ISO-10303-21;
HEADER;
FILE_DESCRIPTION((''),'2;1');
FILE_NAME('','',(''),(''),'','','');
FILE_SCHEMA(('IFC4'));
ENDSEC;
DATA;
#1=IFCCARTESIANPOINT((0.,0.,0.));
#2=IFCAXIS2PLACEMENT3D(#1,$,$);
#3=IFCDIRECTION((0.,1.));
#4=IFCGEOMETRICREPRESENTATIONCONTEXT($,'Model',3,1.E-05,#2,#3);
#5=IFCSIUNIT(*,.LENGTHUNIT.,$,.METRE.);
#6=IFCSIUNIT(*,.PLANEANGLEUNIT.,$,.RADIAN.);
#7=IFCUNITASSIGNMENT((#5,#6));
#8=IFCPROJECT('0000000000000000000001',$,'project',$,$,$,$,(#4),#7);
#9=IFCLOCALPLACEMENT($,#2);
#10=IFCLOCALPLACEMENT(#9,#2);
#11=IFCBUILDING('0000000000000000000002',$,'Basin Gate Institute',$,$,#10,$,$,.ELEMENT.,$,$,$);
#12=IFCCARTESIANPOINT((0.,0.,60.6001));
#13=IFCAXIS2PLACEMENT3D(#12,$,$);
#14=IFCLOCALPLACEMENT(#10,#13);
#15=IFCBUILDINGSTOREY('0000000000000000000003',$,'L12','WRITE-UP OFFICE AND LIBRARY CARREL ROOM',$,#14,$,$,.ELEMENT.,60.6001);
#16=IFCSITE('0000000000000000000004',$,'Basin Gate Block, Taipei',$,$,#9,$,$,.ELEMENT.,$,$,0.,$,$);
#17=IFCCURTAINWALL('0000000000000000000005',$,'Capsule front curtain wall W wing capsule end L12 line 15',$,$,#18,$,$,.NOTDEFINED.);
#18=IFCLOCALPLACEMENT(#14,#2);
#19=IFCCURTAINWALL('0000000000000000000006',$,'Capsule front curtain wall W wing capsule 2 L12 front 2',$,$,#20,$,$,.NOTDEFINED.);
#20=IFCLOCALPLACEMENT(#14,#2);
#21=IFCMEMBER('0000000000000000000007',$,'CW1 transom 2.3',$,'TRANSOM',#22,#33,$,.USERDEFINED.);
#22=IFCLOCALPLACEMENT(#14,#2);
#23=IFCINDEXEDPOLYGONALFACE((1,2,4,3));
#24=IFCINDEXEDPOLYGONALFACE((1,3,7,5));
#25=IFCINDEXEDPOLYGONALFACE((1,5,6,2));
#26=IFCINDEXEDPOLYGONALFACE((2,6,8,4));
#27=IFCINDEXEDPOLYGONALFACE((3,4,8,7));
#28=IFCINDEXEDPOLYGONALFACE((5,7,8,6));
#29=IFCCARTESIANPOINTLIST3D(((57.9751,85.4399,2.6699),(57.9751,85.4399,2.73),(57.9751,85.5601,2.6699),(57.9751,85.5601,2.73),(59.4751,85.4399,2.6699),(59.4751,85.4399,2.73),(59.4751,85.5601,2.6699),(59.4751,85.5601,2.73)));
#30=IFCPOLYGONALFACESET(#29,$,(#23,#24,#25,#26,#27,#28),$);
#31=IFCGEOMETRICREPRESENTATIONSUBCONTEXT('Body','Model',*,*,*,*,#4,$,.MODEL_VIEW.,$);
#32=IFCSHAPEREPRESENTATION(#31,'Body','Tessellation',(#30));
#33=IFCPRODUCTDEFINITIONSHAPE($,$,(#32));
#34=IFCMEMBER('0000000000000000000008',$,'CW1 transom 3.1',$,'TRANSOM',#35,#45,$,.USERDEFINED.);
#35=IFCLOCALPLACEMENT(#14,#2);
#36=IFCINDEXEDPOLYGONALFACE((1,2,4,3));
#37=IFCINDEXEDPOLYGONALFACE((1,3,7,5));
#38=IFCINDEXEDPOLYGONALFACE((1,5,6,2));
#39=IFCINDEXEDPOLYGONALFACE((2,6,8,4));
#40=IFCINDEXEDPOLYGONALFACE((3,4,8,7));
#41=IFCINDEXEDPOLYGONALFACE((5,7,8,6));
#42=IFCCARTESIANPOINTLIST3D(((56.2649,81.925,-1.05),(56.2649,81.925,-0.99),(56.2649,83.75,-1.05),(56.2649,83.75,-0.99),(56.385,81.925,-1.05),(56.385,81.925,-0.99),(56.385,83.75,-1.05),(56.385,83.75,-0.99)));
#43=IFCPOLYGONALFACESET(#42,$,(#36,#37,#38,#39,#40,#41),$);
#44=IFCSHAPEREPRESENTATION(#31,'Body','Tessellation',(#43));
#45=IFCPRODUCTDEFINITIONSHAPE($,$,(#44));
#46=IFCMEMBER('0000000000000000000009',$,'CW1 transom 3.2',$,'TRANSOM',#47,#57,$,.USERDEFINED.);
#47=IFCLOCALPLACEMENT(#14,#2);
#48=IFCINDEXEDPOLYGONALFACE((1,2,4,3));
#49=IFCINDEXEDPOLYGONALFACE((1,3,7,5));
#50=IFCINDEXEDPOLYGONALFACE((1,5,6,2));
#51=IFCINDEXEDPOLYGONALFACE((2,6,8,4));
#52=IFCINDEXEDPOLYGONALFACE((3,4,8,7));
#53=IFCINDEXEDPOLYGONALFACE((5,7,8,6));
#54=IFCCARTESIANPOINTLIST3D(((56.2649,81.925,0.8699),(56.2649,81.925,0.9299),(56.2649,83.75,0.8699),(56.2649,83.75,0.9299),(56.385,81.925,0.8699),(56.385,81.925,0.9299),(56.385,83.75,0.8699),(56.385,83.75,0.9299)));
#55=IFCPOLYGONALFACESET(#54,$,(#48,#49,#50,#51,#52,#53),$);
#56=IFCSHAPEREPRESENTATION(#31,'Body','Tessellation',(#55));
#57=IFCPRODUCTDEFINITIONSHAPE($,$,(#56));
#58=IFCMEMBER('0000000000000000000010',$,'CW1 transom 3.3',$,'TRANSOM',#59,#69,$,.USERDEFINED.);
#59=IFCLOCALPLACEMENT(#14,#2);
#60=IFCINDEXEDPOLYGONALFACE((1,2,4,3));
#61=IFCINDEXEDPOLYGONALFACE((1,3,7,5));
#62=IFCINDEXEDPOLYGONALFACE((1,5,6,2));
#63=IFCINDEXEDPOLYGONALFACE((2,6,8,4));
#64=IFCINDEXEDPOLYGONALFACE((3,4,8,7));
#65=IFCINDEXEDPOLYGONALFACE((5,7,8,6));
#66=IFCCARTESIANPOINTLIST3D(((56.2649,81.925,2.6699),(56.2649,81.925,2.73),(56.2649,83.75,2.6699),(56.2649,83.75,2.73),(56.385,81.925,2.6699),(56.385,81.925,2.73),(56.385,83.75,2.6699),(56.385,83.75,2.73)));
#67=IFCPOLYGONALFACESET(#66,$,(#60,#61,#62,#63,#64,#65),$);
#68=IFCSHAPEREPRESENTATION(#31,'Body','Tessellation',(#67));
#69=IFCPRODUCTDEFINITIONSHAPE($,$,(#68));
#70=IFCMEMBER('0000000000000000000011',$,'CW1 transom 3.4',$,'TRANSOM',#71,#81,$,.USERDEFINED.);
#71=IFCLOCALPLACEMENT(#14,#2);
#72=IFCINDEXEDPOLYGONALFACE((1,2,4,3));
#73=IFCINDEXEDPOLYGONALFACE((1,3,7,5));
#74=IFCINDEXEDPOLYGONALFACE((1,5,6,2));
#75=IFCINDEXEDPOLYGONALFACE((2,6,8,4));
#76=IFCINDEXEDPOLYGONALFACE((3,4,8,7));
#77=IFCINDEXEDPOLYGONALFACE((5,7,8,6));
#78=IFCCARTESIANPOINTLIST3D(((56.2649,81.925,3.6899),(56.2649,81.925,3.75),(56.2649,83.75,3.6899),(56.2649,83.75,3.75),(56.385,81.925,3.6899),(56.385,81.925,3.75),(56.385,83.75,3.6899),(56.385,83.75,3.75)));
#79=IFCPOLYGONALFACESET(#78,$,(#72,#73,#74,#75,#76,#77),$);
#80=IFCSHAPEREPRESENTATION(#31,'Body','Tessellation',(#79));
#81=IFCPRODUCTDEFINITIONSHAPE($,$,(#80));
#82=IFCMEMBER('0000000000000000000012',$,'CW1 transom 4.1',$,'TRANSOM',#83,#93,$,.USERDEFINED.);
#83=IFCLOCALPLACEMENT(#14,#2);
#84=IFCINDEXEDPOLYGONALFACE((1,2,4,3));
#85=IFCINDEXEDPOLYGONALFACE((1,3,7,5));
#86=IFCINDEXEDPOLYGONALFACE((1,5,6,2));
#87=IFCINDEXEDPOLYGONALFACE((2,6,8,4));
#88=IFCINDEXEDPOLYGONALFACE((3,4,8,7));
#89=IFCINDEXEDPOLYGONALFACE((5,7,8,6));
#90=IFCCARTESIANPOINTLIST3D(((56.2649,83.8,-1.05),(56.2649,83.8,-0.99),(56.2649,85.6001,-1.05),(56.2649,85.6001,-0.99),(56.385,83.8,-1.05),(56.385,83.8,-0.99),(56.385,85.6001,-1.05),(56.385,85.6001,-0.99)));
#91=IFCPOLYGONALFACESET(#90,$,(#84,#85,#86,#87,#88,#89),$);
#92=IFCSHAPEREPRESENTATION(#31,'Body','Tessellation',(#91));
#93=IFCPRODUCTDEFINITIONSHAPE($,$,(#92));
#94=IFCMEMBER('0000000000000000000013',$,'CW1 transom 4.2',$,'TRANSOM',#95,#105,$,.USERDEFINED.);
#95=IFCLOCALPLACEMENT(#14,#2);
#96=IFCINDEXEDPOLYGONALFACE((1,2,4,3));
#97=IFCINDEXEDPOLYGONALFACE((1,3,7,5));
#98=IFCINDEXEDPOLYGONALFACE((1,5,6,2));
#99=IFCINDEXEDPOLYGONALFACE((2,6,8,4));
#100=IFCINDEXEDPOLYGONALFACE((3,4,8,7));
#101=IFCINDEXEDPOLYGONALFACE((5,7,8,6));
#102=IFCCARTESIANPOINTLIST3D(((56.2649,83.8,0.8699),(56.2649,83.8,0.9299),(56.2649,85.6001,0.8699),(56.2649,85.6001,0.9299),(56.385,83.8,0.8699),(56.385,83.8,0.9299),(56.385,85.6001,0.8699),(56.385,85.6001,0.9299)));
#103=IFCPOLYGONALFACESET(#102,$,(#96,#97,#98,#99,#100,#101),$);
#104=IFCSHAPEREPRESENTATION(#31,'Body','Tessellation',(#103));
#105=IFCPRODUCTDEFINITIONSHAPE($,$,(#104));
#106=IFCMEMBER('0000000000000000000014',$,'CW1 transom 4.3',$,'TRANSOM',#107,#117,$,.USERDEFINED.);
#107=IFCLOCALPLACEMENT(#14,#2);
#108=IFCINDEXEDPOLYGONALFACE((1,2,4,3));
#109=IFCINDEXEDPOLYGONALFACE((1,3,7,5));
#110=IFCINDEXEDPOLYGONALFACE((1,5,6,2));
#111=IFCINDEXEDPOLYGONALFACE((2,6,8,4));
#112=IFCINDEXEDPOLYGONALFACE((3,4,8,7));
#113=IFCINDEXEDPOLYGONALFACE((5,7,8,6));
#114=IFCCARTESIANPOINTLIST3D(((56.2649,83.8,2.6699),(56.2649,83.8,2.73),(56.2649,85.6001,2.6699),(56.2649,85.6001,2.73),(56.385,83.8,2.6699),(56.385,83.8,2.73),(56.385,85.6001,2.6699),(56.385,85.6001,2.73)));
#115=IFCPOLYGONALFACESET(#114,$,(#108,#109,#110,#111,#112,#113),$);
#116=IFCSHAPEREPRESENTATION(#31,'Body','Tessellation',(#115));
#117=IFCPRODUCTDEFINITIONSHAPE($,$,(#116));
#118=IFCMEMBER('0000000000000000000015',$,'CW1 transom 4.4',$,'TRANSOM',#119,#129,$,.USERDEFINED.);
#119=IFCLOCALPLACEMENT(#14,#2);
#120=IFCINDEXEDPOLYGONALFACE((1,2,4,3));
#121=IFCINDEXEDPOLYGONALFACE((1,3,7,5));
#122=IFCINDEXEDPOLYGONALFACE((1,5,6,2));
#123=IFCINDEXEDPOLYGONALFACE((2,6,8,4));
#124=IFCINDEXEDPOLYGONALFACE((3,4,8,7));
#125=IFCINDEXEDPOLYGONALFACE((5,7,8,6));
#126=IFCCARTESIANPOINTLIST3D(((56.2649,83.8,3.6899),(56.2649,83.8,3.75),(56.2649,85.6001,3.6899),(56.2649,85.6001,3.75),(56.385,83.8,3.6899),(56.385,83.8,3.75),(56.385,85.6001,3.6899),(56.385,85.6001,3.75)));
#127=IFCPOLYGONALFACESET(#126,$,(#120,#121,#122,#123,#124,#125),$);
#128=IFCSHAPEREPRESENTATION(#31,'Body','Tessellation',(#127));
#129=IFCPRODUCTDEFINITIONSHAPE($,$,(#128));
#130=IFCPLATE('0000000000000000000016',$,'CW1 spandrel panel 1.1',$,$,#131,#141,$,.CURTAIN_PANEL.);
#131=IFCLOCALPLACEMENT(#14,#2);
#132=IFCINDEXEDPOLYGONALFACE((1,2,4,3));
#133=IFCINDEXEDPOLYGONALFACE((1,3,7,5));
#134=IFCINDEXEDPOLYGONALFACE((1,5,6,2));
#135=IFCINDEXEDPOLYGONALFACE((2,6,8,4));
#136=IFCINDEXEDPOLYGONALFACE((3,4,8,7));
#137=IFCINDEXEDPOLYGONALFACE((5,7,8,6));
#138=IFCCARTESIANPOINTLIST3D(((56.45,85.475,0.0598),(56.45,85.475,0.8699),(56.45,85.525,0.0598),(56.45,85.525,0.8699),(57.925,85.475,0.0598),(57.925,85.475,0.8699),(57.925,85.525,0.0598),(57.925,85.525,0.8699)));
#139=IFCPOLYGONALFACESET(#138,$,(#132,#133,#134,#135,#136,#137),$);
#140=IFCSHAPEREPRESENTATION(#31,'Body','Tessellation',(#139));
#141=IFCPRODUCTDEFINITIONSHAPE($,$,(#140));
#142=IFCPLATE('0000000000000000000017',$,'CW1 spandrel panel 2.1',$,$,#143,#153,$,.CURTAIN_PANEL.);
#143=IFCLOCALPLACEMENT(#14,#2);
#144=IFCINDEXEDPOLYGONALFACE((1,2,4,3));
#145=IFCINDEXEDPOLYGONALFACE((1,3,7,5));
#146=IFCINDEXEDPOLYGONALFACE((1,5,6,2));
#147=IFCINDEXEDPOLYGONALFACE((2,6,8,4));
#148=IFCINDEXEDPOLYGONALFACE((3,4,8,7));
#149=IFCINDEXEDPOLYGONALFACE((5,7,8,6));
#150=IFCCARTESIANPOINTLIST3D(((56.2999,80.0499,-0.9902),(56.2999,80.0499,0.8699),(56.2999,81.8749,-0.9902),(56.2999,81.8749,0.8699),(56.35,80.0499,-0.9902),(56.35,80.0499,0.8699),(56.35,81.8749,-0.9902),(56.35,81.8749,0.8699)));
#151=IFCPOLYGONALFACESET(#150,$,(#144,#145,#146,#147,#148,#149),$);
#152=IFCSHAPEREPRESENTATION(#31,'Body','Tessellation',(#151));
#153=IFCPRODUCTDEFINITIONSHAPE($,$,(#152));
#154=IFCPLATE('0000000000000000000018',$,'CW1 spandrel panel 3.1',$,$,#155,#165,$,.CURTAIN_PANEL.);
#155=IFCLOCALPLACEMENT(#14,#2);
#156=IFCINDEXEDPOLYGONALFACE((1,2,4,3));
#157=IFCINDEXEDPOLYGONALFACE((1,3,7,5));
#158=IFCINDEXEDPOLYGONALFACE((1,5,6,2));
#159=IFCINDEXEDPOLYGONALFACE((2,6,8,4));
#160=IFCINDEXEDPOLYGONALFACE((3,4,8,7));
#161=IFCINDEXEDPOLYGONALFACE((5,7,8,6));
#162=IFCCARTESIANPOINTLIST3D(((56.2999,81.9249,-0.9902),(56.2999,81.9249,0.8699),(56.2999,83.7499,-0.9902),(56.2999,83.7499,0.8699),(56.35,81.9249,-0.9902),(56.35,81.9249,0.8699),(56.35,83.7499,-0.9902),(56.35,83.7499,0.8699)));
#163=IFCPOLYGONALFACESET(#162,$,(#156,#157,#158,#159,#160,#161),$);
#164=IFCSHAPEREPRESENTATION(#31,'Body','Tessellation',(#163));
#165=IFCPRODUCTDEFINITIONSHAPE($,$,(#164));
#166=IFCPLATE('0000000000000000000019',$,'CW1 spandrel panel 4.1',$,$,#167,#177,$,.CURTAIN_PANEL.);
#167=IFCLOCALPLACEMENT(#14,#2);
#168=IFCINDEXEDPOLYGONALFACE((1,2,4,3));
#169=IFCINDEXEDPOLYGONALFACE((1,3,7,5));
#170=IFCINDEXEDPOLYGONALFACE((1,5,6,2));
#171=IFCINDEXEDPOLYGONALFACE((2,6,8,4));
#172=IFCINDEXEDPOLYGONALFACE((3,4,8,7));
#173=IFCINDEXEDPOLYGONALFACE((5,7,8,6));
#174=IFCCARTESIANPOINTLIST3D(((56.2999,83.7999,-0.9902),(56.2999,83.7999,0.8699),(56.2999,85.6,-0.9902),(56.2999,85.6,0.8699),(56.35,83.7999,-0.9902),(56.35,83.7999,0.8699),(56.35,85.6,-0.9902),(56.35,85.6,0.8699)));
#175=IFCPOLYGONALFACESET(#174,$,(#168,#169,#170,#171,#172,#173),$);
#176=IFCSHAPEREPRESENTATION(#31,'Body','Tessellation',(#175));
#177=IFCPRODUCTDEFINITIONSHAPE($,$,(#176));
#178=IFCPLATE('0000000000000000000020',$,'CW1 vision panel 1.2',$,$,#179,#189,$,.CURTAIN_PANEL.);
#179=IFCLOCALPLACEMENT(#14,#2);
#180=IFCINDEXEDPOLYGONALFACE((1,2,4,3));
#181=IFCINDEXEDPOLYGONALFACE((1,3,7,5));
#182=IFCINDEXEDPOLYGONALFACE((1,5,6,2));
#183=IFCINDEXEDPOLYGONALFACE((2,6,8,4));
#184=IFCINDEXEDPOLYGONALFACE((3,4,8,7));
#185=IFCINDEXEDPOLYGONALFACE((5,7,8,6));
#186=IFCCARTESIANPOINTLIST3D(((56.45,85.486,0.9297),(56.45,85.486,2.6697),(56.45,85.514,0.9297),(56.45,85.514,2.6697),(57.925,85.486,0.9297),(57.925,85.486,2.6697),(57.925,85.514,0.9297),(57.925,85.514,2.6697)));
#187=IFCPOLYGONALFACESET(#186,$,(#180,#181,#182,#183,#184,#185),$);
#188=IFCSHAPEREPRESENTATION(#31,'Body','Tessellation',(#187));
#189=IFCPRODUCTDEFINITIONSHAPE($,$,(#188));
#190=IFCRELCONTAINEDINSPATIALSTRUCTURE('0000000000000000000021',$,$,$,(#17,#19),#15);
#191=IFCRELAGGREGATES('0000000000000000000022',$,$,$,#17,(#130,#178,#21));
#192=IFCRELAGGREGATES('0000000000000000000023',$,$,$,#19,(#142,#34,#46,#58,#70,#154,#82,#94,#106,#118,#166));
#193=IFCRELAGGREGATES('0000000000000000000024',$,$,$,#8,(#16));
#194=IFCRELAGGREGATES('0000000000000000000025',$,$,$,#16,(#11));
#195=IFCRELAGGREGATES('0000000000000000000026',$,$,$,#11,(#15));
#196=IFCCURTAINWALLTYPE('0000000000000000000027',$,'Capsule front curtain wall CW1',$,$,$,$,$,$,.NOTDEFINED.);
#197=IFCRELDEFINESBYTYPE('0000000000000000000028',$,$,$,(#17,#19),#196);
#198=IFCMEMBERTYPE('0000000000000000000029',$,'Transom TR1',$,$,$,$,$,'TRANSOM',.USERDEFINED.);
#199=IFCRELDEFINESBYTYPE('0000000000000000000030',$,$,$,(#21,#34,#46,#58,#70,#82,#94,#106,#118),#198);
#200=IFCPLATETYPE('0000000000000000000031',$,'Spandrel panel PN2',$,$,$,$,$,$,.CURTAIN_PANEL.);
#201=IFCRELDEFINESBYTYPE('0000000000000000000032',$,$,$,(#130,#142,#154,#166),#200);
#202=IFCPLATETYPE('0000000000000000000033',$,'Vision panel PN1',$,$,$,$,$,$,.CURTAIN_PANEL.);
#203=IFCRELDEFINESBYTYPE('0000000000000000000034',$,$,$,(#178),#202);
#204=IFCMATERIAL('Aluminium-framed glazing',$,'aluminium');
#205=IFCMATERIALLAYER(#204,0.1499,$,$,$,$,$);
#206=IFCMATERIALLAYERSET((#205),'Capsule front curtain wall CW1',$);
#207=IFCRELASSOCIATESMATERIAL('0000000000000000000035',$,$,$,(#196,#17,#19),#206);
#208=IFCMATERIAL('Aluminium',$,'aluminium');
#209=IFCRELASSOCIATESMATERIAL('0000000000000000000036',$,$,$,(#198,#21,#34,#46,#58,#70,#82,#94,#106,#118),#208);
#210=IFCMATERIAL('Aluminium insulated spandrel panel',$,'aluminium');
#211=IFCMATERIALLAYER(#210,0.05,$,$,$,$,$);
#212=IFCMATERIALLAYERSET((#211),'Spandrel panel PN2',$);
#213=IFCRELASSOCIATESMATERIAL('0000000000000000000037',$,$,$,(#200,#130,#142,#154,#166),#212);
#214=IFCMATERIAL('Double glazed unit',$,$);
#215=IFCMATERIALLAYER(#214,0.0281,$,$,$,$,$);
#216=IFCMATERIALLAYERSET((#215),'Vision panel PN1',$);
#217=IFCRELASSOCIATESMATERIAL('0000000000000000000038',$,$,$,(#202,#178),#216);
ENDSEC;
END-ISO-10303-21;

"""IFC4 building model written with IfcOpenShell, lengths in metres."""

from ifc_helpers import new_model, si_unit, direction, frame, origin, origin_2d, place, context, subcontext, project, spatial, rectangle, extrude, material, layer, layer_set, material_profile, profile_set, type_object, element, aggregate, save


model = new_model("IFC4")

# Units and contexts
model_context = context("Model", 3, precision=1e-05, world=origin(), true_north=direction((0.0, 1.0)))
body_context = subcontext(model_context, "Body", "Model", "MODEL_VIEW")
ifc_project = project(units=[si_unit("LENGTHUNIT", "METRE"), si_unit("PLANEANGLEUNIT", "RADIAN")], contexts=[model_context])

# Site, building, storey
site_placement = place(None, origin())
site = spatial("IfcSite", under=ifc_project, at=site_placement, Name="Basin Gate Block, Taipei", CompositionType="ELEMENT", RefElevation=0.0)
building_placement = place(site_placement, origin())
building = spatial("IfcBuilding", under=site, at=building_placement, Name="Basin Gate Institute", CompositionType="ELEMENT")
storey_placement = place(building_placement, frame((0.0, 0.0, 60.6001)))
storey = spatial("IfcBuildingStorey", under=building, at=storey_placement, Name="L12", Description="WRITE-UP OFFICE AND LIBRARY CARREL ROOM", CompositionType="ELEMENT", Elevation=60.6001)

# Curtain walls
ifc_material_1 = material(Name="Aluminium-framed glazing", Category="aluminium")
ifc_layer_1 = layer(ifc_material_1, 0.1499)
ifc_layer_set_1 = layer_set([ifc_layer_1], Name="Capsule front curtain wall CW1")
curtain_wall_type = type_object("IfcCurtainWallType", Name="Capsule front curtain wall CW1", PredefinedType="NOTDEFINED", material=ifc_layer_set_1)
curtain_wall_1_placement = place(storey_placement, origin())
curtain_wall_1 = element("IfcCurtainWall", 1, at=curtain_wall_1_placement, inside=storey, type_object=curtain_wall_type, material=ifc_layer_set_1, Name="Capsule front curtain wall W wing capsule end L12 line 15", PredefinedType="NOTDEFINED")
curtain_wall_2_placement = place(storey_placement, origin())
curtain_wall_2 = element("IfcCurtainWall", 2, at=curtain_wall_2_placement, inside=storey, type_object=curtain_wall_type, material=ifc_layer_set_1, Name="Capsule front curtain wall W wing capsule 2 L12 front 2", PredefinedType="NOTDEFINED")

# Members
ifc_material_2 = material(Name="Aluminium", Category="aluminium")
ifc_material_profile_1 = material_profile(ifc_material_2, rectangle(XDim=0.1201, YDim=0.0601, at=origin_2d()), Name="Transom TR1 120 x 60")
ifc_profile_set_1 = profile_set([ifc_material_profile_1], Name="Aluminium")
member_type_1 = type_object("IfcMemberType", Name="Transom TR1", ElementType="TRANSOM", PredefinedType="USERDEFINED", material=ifc_profile_set_1)
member_1_placement = place(storey_placement, frame((57.9751, 85.5, 2.7), z_axis=(1.0, 0.0, 0.0), x_axis=(0.0, 1.0, 0.0)))
member_1 = element("IfcMember", 3, at=member_1_placement, type_object=member_type_1, material=ifc_profile_set_1, Name="CW1 transom 2.3", ObjectType="TRANSOM", PredefinedType="USERDEFINED", context=body_context, shape_type="SweptSolid", body=[
    extrude(rectangle(XDim=0.1201, YDim=0.0601, at=origin_2d()), origin(), (0.0, 0.0, 1.0), 1.5),
])
member_2_placement = place(storey_placement, frame((56.325, 81.925, -1.02), z_axis=(0.0, 1.0, 0.0), x_axis=(-1.0, 0.0, 0.0)))
member_2 = element("IfcMember", 4, at=member_2_placement, type_object=member_type_1, material=ifc_profile_set_1, Name="CW1 transom 3.1", ObjectType="TRANSOM", PredefinedType="USERDEFINED", context=body_context, shape_type="SweptSolid", body=[
    extrude(rectangle(XDim=0.1201, YDim=0.0601, at=origin_2d()), origin(), (0.0, 0.0, 1.0), 1.825),
])
member_3_placement = place(storey_placement, frame((56.325, 81.925, 0.8999), z_axis=(0.0, 1.0, 0.0), x_axis=(-1.0, 0.0, 0.0)))
member_3 = element("IfcMember", 5, at=member_3_placement, type_object=member_type_1, material=ifc_profile_set_1, Name="CW1 transom 3.2", ObjectType="TRANSOM", PredefinedType="USERDEFINED", context=body_context, shape_type="SweptSolid", body=[
    extrude(rectangle(XDim=0.1201, YDim=0.0601, at=origin_2d()), origin(), (0.0, 0.0, 1.0), 1.825),
])
member_4_placement = place(storey_placement, frame((56.325, 81.925, 2.7), z_axis=(0.0, 1.0, 0.0), x_axis=(-1.0, 0.0, 0.0)))
member_4 = element("IfcMember", 6, at=member_4_placement, type_object=member_type_1, material=ifc_profile_set_1, Name="CW1 transom 3.3", ObjectType="TRANSOM", PredefinedType="USERDEFINED", context=body_context, shape_type="SweptSolid", body=[
    extrude(rectangle(XDim=0.1201, YDim=0.0601, at=origin_2d()), origin(), (0.0, 0.0, 1.0), 1.825),
])
member_5_placement = place(storey_placement, frame((56.325, 81.925, 3.72), z_axis=(0.0, 1.0, 0.0), x_axis=(-1.0, 0.0, 0.0)))
member_5 = element("IfcMember", 7, at=member_5_placement, type_object=member_type_1, material=ifc_profile_set_1, Name="CW1 transom 3.4", ObjectType="TRANSOM", PredefinedType="USERDEFINED", context=body_context, shape_type="SweptSolid", body=[
    extrude(rectangle(XDim=0.1201, YDim=0.0601, at=origin_2d()), origin(), (0.0, 0.0, 1.0), 1.825),
])
member_6_placement = place(storey_placement, frame((56.325, 83.8, -1.02), z_axis=(0.0, 1.0, 0.0), x_axis=(-1.0, 0.0, 0.0)))
member_6 = element("IfcMember", 8, at=member_6_placement, type_object=member_type_1, material=ifc_profile_set_1, Name="CW1 transom 4.1", ObjectType="TRANSOM", PredefinedType="USERDEFINED", context=body_context, shape_type="SweptSolid", body=[
    extrude(rectangle(XDim=0.1201, YDim=0.0601, at=origin_2d()), origin(), (0.0, 0.0, 1.0), 1.8),
])
member_7_placement = place(storey_placement, frame((56.325, 83.8, 0.8999), z_axis=(0.0, 1.0, 0.0), x_axis=(-1.0, 0.0, 0.0)))
member_7 = element("IfcMember", 9, at=member_7_placement, type_object=member_type_1, material=ifc_profile_set_1, Name="CW1 transom 4.2", ObjectType="TRANSOM", PredefinedType="USERDEFINED", context=body_context, shape_type="SweptSolid", body=[
    extrude(rectangle(XDim=0.1201, YDim=0.0601, at=origin_2d()), origin(), (0.0, 0.0, 1.0), 1.8),
])
member_8_placement = place(storey_placement, frame((56.325, 83.8, 2.7), z_axis=(0.0, 1.0, 0.0), x_axis=(-1.0, 0.0, 0.0)))
member_8 = element("IfcMember", 10, at=member_8_placement, type_object=member_type_1, material=ifc_profile_set_1, Name="CW1 transom 4.3", ObjectType="TRANSOM", PredefinedType="USERDEFINED", context=body_context, shape_type="SweptSolid", body=[
    extrude(rectangle(XDim=0.1201, YDim=0.0601, at=origin_2d()), origin(), (0.0, 0.0, 1.0), 1.8),
])
member_9_placement = place(storey_placement, frame((56.325, 83.8, 3.72), z_axis=(0.0, 1.0, 0.0), x_axis=(-1.0, 0.0, 0.0)))
member_9 = element("IfcMember", 11, at=member_9_placement, type_object=member_type_1, material=ifc_profile_set_1, Name="CW1 transom 4.4", ObjectType="TRANSOM", PredefinedType="USERDEFINED", context=body_context, shape_type="SweptSolid", body=[
    extrude(rectangle(XDim=0.1201, YDim=0.0601, at=origin_2d()), origin(), (0.0, 0.0, 1.0), 1.8),
])

# Plates
ifc_material_3 = material(Name="Aluminium insulated spandrel panel", Category="aluminium")
ifc_layer_2 = layer(ifc_material_3, 0.05)
ifc_layer_set_2 = layer_set([ifc_layer_2], Name="Spandrel panel PN2")
plate_type_1 = type_object("IfcPlateType", Name="Spandrel panel PN2", PredefinedType="CURTAIN_PANEL", material=ifc_layer_set_2)
plate_1_placement = place(storey_placement, frame((57.1875, 85.5, 0.0598), z_axis=(0.0, 0.0, 1.0), x_axis=(1.0, 0.0, 0.0)))
plate_1 = element("IfcPlate", 12, at=plate_1_placement, type_object=plate_type_1, material=ifc_layer_set_2, Name="CW1 spandrel panel 1.1", PredefinedType="CURTAIN_PANEL", context=body_context, shape_type="SweptSolid", body=[
    extrude(rectangle(XDim=1.4751, YDim=0.05, at=origin_2d()), origin(), (0.0, 0.0, 1.0), 0.8101),
])
plate_2_placement = place(storey_placement, frame((56.325, 80.9624, -0.9902), z_axis=(0.0, 0.0, 1.0), x_axis=(0.0, 1.0, 0.0)))
plate_2 = element("IfcPlate", 13, at=plate_2_placement, type_object=plate_type_1, material=ifc_layer_set_2, Name="CW1 spandrel panel 2.1", PredefinedType="CURTAIN_PANEL", context=body_context, shape_type="SweptSolid", body=[
    extrude(rectangle(XDim=1.825, YDim=0.05, at=origin_2d()), origin(), (0.0, 0.0, 1.0), 1.8601),
])
plate_3_placement = place(storey_placement, frame((56.325, 82.8374, -0.9902), z_axis=(0.0, 0.0, 1.0), x_axis=(0.0, 1.0, 0.0)))
plate_3 = element("IfcPlate", 14, at=plate_3_placement, type_object=plate_type_1, material=ifc_layer_set_2, Name="CW1 spandrel panel 3.1", PredefinedType="CURTAIN_PANEL", context=body_context, shape_type="SweptSolid", body=[
    extrude(rectangle(XDim=1.825, YDim=0.05, at=origin_2d()), origin(), (0.0, 0.0, 1.0), 1.8601),
])
plate_4_placement = place(storey_placement, frame((56.325, 84.7, -0.9902), z_axis=(0.0, 0.0, 1.0), x_axis=(0.0, 1.0, 0.0)))
plate_4 = element("IfcPlate", 15, at=plate_4_placement, type_object=plate_type_1, material=ifc_layer_set_2, Name="CW1 spandrel panel 4.1", PredefinedType="CURTAIN_PANEL", context=body_context, shape_type="SweptSolid", body=[
    extrude(rectangle(XDim=1.8, YDim=0.05, at=origin_2d()), origin(), (0.0, 0.0, 1.0), 1.8601),
])
ifc_material_4 = material(Name="Double glazed unit")
ifc_layer_3 = layer(ifc_material_4, 0.0281)
ifc_layer_set_3 = layer_set([ifc_layer_3], Name="Vision panel PN1")
plate_type_2 = type_object("IfcPlateType", Name="Vision panel PN1", PredefinedType="CURTAIN_PANEL", material=ifc_layer_set_3)
plate_5_placement = place(storey_placement, frame((57.1875, 85.5, 0.9297), z_axis=(0.0, 0.0, 1.0), x_axis=(1.0, 0.0, 0.0)))
plate_5 = element("IfcPlate", 16, at=plate_5_placement, type_object=plate_type_2, material=ifc_layer_set_3, Name="CW1 vision panel 1.2", PredefinedType="CURTAIN_PANEL", context=body_context, shape_type="SweptSolid", body=[
    extrude(rectangle(XDim=1.4751, YDim=0.0281, at=origin_2d()), origin(), (0.0, 0.0, 1.0), 1.74),
])
aggregate(curtain_wall_1, [plate_1, plate_5, member_1])
aggregate(curtain_wall_2, [plate_2, member_2, member_3, member_4, member_5, plate_3, member_6, member_7, member_8, member_9, plate_4])

save(model, "model.ifc")
